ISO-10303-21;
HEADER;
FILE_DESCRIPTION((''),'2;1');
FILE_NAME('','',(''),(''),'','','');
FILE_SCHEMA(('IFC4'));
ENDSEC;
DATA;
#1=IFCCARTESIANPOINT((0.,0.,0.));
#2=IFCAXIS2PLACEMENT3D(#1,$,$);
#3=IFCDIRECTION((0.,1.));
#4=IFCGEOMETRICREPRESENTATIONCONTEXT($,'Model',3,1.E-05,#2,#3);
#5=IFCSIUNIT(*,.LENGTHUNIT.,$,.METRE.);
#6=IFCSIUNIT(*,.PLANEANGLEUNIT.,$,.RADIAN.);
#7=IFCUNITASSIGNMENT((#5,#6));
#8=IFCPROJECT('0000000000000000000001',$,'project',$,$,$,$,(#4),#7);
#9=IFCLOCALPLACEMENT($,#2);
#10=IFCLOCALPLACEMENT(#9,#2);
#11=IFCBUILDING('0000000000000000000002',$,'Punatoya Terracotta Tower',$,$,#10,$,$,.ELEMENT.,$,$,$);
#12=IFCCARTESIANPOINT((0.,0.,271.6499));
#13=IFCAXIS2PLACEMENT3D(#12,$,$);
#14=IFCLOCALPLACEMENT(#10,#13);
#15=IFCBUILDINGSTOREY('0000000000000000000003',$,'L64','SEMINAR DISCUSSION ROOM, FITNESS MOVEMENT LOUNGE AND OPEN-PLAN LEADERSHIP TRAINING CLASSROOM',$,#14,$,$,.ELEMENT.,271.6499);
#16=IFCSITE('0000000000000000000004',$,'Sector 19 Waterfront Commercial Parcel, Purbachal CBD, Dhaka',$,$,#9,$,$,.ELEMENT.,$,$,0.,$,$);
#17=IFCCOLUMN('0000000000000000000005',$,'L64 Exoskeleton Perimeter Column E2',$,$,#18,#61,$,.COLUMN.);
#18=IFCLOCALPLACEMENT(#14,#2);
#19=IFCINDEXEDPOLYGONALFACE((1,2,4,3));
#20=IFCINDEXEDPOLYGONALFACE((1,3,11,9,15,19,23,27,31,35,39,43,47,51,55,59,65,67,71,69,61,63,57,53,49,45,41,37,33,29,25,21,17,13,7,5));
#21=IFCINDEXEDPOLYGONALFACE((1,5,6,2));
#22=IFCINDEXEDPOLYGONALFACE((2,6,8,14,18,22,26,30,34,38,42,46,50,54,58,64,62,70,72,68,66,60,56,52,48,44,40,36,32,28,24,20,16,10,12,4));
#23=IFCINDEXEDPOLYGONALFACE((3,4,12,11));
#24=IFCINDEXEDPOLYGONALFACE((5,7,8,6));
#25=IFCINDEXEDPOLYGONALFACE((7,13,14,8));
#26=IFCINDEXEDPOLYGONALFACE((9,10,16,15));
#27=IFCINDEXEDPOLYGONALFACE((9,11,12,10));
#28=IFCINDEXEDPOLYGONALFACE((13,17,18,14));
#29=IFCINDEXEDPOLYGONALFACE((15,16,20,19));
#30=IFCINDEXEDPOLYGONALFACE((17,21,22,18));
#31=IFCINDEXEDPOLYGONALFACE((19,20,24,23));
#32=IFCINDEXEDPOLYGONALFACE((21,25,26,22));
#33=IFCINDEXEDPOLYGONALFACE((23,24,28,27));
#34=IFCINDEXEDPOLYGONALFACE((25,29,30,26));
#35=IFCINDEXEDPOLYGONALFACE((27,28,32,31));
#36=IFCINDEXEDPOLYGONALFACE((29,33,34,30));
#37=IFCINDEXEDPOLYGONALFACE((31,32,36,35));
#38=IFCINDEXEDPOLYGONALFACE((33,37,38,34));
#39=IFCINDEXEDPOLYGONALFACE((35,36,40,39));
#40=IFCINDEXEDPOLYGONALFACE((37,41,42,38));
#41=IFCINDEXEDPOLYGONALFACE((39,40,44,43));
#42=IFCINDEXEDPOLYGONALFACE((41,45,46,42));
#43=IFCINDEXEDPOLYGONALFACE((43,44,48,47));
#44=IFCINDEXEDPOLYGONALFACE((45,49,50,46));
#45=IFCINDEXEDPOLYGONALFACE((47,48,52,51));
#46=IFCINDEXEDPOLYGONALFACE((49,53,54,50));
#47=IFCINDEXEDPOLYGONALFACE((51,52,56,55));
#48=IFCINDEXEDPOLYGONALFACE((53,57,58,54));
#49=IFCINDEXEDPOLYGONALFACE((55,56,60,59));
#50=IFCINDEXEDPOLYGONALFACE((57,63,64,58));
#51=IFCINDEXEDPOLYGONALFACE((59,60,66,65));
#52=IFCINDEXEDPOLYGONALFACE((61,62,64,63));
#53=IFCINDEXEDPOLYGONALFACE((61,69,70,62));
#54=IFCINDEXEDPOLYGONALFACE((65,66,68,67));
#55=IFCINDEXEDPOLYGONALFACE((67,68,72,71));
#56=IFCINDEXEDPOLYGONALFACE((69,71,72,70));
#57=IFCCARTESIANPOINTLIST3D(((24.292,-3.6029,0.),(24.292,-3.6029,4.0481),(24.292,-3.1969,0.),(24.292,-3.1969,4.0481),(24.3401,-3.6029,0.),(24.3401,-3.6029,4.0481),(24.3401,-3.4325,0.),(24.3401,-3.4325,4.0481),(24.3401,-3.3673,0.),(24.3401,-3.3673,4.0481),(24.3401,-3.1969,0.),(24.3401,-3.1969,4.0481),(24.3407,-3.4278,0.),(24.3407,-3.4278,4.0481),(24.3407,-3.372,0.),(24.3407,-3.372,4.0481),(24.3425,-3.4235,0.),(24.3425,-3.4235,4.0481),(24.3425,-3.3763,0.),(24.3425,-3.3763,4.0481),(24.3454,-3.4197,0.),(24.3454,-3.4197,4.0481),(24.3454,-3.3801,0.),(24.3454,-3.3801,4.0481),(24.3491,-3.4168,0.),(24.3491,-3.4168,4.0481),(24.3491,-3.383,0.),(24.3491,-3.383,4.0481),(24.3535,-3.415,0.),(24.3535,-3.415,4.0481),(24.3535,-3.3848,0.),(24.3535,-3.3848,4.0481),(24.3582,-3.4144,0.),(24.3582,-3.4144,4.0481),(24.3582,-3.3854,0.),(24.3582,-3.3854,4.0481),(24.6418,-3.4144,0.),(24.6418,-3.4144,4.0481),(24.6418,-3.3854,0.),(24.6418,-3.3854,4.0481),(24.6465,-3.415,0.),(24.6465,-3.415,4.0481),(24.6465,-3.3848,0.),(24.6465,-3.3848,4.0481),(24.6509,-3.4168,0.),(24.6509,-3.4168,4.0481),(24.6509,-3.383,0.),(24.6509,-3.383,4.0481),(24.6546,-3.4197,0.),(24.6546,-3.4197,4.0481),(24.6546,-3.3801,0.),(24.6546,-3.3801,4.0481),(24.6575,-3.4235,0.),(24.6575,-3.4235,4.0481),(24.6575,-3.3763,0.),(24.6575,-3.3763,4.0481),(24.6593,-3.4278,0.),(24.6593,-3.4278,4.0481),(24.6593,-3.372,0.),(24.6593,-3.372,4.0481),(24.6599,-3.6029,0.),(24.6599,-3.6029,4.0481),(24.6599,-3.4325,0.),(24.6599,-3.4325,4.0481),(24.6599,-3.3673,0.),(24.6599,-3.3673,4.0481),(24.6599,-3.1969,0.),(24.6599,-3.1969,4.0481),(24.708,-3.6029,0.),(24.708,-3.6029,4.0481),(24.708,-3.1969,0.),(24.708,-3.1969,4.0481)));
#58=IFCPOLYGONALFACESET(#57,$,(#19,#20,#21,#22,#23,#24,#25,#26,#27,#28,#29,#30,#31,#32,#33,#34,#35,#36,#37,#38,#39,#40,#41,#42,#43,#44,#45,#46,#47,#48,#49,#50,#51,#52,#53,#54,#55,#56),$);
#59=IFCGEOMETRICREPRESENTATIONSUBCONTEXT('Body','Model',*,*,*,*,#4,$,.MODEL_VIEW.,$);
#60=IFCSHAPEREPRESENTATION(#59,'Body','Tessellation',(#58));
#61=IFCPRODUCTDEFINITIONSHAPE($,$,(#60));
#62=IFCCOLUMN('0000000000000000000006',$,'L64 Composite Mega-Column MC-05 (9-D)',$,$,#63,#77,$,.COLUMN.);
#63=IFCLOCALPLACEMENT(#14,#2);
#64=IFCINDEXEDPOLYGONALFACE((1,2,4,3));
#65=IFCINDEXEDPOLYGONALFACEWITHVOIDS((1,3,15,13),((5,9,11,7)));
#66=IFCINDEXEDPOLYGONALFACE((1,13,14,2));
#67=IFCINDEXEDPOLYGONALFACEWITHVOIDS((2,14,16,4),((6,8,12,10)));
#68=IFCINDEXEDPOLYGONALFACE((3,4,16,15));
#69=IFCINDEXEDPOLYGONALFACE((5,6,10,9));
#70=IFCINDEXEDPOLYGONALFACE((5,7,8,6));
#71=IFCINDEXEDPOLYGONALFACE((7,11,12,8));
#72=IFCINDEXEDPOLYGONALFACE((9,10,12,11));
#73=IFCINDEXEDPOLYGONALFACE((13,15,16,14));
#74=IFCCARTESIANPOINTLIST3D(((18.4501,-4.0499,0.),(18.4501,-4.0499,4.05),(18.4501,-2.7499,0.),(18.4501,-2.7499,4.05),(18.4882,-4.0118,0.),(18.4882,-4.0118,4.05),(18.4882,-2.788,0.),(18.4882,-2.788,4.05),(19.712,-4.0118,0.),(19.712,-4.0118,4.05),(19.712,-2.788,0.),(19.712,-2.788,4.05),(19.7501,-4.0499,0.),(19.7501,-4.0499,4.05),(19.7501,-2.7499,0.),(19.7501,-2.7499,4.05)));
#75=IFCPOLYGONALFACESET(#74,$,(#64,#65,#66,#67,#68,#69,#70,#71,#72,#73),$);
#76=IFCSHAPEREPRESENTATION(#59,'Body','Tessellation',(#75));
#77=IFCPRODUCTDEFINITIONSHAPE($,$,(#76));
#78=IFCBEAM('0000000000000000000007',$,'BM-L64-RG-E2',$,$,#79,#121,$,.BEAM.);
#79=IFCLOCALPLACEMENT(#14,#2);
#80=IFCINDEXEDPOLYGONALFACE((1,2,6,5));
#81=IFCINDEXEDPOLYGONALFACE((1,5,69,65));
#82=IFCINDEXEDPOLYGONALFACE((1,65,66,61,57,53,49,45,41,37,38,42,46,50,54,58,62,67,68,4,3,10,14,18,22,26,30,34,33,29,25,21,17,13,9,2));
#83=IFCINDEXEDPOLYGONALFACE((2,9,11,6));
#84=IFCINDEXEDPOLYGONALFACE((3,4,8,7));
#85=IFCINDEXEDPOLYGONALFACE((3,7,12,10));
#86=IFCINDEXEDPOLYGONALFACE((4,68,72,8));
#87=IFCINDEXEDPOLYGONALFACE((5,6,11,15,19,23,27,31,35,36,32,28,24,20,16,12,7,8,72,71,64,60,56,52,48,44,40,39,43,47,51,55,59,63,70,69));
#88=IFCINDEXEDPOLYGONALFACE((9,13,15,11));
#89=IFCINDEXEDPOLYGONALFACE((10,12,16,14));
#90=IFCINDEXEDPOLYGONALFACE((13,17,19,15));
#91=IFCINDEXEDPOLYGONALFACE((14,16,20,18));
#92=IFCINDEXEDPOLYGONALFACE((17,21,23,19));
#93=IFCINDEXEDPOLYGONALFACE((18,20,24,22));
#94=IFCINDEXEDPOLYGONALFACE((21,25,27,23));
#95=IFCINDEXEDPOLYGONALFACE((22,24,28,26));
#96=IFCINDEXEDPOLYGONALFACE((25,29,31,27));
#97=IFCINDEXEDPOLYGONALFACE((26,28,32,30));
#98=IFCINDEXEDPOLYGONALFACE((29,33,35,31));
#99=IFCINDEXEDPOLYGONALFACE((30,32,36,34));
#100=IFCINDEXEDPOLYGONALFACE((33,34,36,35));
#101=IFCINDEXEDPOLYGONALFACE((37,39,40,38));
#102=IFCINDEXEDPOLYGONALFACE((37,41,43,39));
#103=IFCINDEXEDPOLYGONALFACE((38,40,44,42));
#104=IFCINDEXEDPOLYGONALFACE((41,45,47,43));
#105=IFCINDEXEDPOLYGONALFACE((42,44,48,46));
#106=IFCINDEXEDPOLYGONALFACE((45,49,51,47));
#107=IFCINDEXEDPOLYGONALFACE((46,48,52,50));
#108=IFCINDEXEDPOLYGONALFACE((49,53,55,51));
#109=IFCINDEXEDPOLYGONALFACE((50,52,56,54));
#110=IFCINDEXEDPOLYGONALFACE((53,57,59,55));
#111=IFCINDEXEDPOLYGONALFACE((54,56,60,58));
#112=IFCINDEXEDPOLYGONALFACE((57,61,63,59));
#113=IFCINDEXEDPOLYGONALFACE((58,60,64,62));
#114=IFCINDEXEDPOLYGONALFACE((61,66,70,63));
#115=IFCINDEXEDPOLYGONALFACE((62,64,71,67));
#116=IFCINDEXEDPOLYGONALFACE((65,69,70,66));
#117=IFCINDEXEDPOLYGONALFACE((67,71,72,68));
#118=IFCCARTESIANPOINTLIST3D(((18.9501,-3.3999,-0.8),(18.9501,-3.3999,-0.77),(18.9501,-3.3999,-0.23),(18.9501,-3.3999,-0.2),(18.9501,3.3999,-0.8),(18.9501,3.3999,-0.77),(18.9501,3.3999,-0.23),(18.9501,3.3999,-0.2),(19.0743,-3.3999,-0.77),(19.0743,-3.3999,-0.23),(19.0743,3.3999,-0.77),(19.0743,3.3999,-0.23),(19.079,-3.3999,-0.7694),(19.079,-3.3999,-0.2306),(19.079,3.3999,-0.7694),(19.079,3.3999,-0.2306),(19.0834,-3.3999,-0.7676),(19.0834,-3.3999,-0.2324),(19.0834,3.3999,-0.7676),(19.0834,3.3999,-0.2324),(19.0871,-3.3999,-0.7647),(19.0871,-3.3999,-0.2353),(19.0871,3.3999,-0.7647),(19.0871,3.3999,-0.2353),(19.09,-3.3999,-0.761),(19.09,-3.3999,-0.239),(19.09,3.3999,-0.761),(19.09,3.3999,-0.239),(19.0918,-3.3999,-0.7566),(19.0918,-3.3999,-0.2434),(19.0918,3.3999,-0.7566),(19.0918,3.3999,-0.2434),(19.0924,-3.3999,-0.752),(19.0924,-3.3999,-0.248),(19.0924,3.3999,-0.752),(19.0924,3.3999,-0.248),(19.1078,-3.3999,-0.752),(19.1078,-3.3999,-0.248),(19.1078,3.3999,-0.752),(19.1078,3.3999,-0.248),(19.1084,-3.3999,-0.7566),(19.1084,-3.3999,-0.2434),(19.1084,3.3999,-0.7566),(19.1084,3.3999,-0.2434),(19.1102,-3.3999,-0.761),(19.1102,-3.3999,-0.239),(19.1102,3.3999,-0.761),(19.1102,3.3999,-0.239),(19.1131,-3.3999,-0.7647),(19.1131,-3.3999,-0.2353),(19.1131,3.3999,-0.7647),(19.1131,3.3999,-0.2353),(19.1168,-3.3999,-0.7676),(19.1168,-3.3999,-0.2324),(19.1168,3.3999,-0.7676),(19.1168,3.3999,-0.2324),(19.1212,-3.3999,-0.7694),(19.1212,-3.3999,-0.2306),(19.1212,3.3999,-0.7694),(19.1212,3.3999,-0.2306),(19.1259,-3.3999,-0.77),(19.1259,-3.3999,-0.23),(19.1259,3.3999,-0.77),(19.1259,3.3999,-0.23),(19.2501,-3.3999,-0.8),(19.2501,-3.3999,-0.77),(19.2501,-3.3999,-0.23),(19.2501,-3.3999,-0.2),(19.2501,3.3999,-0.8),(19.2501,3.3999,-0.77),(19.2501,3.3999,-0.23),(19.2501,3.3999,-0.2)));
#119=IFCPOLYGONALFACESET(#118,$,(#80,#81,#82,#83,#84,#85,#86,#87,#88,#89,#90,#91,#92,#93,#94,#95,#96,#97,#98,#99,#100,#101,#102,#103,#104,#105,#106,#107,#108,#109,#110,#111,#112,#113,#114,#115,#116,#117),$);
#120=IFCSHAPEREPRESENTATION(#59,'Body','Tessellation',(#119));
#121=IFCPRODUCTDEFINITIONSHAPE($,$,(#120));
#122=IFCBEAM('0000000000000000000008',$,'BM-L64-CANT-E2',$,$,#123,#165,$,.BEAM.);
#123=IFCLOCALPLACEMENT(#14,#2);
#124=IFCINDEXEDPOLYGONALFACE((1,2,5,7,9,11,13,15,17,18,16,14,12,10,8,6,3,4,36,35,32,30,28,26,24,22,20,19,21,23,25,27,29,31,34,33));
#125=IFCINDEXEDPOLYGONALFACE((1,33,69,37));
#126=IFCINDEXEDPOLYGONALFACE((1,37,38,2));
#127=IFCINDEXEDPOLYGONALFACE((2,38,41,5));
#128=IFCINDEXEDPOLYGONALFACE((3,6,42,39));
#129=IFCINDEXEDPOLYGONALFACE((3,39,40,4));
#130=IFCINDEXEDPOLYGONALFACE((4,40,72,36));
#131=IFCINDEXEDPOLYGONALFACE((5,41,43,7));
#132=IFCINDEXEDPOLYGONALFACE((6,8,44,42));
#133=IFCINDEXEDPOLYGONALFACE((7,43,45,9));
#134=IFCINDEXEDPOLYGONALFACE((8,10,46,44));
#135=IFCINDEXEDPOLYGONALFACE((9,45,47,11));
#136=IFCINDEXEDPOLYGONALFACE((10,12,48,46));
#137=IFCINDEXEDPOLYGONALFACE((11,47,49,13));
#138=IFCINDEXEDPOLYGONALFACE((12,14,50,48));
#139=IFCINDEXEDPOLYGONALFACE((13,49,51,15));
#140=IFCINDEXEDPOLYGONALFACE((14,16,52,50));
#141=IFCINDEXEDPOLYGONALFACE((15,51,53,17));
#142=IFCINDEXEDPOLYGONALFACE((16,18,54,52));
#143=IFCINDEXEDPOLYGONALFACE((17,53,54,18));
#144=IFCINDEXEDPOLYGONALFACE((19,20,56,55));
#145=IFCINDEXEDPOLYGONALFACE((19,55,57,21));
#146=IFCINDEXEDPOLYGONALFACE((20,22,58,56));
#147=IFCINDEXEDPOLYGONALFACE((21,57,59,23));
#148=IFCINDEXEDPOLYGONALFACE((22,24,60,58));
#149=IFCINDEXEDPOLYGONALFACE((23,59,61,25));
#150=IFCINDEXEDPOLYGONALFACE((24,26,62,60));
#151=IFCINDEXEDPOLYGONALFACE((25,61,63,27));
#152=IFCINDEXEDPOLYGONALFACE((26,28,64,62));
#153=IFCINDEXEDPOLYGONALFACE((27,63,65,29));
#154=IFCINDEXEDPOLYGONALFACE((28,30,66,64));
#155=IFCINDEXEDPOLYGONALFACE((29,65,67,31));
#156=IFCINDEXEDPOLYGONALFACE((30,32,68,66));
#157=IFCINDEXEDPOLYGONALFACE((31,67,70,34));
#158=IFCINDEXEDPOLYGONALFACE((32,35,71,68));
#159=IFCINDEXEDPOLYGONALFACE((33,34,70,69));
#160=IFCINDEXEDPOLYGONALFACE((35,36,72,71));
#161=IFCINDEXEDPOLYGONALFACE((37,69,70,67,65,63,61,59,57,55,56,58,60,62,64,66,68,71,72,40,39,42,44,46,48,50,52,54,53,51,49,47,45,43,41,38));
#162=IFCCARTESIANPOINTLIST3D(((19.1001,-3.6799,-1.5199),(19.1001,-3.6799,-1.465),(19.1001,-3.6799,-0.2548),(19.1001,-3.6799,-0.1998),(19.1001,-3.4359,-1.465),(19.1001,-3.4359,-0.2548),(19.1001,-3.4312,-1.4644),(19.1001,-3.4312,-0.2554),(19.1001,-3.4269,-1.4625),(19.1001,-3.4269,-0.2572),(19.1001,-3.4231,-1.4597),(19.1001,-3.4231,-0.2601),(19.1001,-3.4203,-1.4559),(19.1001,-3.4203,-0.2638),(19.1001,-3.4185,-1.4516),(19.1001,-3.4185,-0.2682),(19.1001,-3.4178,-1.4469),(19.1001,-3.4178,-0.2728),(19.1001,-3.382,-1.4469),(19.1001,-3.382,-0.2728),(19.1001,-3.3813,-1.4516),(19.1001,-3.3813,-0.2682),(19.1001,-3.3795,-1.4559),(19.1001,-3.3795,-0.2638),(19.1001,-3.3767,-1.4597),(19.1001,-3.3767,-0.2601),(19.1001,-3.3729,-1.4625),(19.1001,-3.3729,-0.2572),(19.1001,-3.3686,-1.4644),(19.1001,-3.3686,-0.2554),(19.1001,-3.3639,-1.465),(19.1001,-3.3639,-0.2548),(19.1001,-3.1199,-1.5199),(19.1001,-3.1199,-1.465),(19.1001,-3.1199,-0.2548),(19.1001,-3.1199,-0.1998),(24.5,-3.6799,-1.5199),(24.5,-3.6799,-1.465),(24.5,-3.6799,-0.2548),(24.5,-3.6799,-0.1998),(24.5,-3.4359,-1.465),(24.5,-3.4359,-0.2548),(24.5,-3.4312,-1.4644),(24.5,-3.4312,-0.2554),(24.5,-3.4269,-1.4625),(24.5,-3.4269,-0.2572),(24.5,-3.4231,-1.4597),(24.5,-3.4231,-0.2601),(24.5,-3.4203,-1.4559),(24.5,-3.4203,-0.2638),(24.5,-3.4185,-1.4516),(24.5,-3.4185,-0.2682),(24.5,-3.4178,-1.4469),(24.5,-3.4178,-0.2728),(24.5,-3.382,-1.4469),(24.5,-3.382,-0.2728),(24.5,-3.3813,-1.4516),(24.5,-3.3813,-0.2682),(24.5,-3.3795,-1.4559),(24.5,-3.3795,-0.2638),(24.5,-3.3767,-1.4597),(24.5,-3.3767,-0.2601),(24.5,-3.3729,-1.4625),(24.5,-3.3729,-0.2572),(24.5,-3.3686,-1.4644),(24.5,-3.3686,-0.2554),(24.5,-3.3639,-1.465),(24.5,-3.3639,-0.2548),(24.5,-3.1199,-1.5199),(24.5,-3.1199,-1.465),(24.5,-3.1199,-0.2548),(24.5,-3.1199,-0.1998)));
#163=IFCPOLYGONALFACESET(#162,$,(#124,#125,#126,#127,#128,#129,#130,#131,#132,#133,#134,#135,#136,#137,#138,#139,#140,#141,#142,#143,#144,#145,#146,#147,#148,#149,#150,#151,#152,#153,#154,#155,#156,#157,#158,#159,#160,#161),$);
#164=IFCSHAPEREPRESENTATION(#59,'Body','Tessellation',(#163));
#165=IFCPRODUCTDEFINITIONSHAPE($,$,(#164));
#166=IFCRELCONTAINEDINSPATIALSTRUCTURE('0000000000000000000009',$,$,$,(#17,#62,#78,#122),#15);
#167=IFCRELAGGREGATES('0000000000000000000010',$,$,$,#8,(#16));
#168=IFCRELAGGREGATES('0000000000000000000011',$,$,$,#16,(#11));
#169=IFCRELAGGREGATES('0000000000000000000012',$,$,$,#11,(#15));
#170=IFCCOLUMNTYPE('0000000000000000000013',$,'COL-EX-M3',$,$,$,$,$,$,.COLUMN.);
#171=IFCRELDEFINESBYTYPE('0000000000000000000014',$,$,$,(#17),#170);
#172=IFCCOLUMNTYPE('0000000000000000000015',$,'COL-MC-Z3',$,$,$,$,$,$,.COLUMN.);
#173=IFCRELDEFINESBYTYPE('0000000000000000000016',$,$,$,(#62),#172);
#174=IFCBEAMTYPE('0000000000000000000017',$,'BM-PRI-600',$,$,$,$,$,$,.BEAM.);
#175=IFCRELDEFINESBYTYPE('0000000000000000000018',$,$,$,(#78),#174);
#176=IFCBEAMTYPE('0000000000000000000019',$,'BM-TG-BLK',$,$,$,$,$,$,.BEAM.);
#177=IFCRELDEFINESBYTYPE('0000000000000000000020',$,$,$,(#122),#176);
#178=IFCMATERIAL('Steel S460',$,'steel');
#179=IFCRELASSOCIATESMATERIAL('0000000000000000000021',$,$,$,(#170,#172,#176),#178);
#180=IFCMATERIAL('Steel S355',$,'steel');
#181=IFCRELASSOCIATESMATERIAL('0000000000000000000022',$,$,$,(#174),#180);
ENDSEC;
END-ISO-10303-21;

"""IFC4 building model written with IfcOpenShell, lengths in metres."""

from ifc_helpers import new_model, si_unit, direction, frame, origin, origin_2d, place, context, subcontext, project, spatial, hollow_rectangle, i_section, extrude, material, material_profile, profile_set, type_object, element, save


model = new_model("IFC4")

# Units and contexts
model_context = context("Model", 3, precision=1e-05, world=origin(), true_north=direction((0.0, 1.0)))
body_context = subcontext(model_context, "Body", "Model", "MODEL_VIEW")
ifc_project = project(units=[si_unit("LENGTHUNIT", "METRE"), si_unit("PLANEANGLEUNIT", "RADIAN")], contexts=[model_context])

# Site, building, storey
site_placement = place(None, origin())
site = spatial("IfcSite", under=ifc_project, at=site_placement, Name="Sector 19 Waterfront Commercial Parcel, Purbachal CBD, Dhaka", CompositionType="ELEMENT", RefElevation=0.0)
building_placement = place(site_placement, origin())
building = spatial("IfcBuilding", under=site, at=building_placement, Name="Punatoya Terracotta Tower", CompositionType="ELEMENT")
storey_placement = place(building_placement, frame((0.0, 0.0, 271.6499)))
storey = spatial("IfcBuildingStorey", under=building, at=storey_placement, Name="L64", Description="SEMINAR DISCUSSION ROOM, FITNESS MOVEMENT LOUNGE AND OPEN-PLAN LEADERSHIP TRAINING CLASSROOM", CompositionType="ELEMENT", Elevation=271.6499)

# Columns
ifc_material_1 = material(Name="Steel S460", Category="steel")
ifc_material_profile_1 = material_profile(ifc_material_1, i_section(OverallWidth=0.406, OverallDepth=0.416, WebThickness=0.0291, FlangeThickness=0.0481, FilletRadius=0.0181, at=origin_2d()))
ifc_profile_set_1 = profile_set([ifc_material_profile_1], Name="Steel S460")
column_type_1 = type_object("IfcColumnType", Name="COL-EX-M3", PredefinedType="COLUMN", material=ifc_profile_set_1)
column_1_placement = place(storey_placement, frame((24.5, -3.3999, 0.0), z_axis=(0.0, 0.0, 1.0), x_axis=(0.0, 1.0, 0.0)))
element("IfcColumn", 1, at=column_1_placement, inside=storey, type_object=column_type_1, Name="L64 Exoskeleton Perimeter Column E2", PredefinedType="COLUMN", context=body_context, shape_type="SweptSolid", body=[
    extrude(i_section(OverallWidth=0.406, OverallDepth=0.416, WebThickness=0.0291, FlangeThickness=0.0481, FilletRadius=0.0181, at=origin_2d()), origin(), (0.0, 0.0, 1.0), 4.0481),
])
ifc_material_profile_2 = material_profile(ifc_material_1, hollow_rectangle(XDim=1.3, YDim=1.3, WallThickness=0.0381, at=origin_2d()))
ifc_profile_set_2 = profile_set([ifc_material_profile_2], Name="Steel S460")
column_type_2 = type_object("IfcColumnType", Name="COL-MC-Z3", PredefinedType="COLUMN", material=ifc_profile_set_2)
column_2_placement = place(storey_placement, frame((19.1001, -3.3999, 0.0), z_axis=(0.0, 0.0, 1.0), x_axis=(1.0, 0.0, 0.0)))
element("IfcColumn", 2, at=column_2_placement, inside=storey, type_object=column_type_2, Name="L64 Composite Mega-Column MC-05 (9-D)", PredefinedType="COLUMN", context=body_context, shape_type="SweptSolid", body=[
    extrude(hollow_rectangle(XDim=1.3, YDim=1.3, WallThickness=0.0381, at=origin_2d()), origin(), (0.0, 0.0, 1.0), 4.05),
])

# Beams
ifc_material_2 = material(Name="Steel S355", Category="steel")
ifc_material_profile_3 = material_profile(ifc_material_2, i_section(OverallWidth=0.3, OverallDepth=0.6001, WebThickness=0.0154, FlangeThickness=0.03, FilletRadius=0.0181, at=origin_2d()))
ifc_profile_set_3 = profile_set([ifc_material_profile_3], Name="Steel S355")
beam_type_1 = type_object("IfcBeamType", Name="BM-PRI-600", PredefinedType="BEAM", material=ifc_profile_set_3)
beam_1_placement = place(storey_placement, frame((19.1001, -3.3999, -0.5), z_axis=(0.0, 1.0, 0.0), x_axis=(-1.0, 0.0, 0.0)))
element("IfcBeam", 3, at=beam_1_placement, inside=storey, type_object=beam_type_1, Name="BM-L64-RG-E2", PredefinedType="BEAM", context=body_context, shape_type="SweptSolid", body=[
    extrude(i_section(OverallWidth=0.3, OverallDepth=0.6001, WebThickness=0.0154, FlangeThickness=0.03, FilletRadius=0.0181, at=origin_2d()), origin(), (0.0, 0.0, 1.0), 6.7998),
])
ifc_material_profile_4 = material_profile(ifc_material_1, i_section(OverallWidth=0.5601, OverallDepth=1.3201, WebThickness=0.0359, FlangeThickness=0.0549, FilletRadius=0.0181, at=origin_2d()))
ifc_profile_set_4 = profile_set([ifc_material_profile_4], Name="Steel S460")
beam_type_2 = type_object("IfcBeamType", Name="BM-TG-BLK", PredefinedType="BEAM", material=ifc_profile_set_4)
beam_2_placement = place(storey_placement, frame((19.1001, -3.3999, -0.8599), z_axis=(1.0, 0.0, 0.0), x_axis=(0.0, 1.0, 0.0)))
element("IfcBeam", 4, at=beam_2_placement, inside=storey, type_object=beam_type_2, Name="BM-L64-CANT-E2", PredefinedType="BEAM", context=body_context, shape_type="SweptSolid", body=[
    extrude(i_section(OverallWidth=0.5601, OverallDepth=1.3201, WebThickness=0.0359, FlangeThickness=0.0549, FilletRadius=0.0181, at=origin_2d()), origin(), (0.0, 0.0, 1.0), 5.3999),
])

save(model, "model.ifc")
